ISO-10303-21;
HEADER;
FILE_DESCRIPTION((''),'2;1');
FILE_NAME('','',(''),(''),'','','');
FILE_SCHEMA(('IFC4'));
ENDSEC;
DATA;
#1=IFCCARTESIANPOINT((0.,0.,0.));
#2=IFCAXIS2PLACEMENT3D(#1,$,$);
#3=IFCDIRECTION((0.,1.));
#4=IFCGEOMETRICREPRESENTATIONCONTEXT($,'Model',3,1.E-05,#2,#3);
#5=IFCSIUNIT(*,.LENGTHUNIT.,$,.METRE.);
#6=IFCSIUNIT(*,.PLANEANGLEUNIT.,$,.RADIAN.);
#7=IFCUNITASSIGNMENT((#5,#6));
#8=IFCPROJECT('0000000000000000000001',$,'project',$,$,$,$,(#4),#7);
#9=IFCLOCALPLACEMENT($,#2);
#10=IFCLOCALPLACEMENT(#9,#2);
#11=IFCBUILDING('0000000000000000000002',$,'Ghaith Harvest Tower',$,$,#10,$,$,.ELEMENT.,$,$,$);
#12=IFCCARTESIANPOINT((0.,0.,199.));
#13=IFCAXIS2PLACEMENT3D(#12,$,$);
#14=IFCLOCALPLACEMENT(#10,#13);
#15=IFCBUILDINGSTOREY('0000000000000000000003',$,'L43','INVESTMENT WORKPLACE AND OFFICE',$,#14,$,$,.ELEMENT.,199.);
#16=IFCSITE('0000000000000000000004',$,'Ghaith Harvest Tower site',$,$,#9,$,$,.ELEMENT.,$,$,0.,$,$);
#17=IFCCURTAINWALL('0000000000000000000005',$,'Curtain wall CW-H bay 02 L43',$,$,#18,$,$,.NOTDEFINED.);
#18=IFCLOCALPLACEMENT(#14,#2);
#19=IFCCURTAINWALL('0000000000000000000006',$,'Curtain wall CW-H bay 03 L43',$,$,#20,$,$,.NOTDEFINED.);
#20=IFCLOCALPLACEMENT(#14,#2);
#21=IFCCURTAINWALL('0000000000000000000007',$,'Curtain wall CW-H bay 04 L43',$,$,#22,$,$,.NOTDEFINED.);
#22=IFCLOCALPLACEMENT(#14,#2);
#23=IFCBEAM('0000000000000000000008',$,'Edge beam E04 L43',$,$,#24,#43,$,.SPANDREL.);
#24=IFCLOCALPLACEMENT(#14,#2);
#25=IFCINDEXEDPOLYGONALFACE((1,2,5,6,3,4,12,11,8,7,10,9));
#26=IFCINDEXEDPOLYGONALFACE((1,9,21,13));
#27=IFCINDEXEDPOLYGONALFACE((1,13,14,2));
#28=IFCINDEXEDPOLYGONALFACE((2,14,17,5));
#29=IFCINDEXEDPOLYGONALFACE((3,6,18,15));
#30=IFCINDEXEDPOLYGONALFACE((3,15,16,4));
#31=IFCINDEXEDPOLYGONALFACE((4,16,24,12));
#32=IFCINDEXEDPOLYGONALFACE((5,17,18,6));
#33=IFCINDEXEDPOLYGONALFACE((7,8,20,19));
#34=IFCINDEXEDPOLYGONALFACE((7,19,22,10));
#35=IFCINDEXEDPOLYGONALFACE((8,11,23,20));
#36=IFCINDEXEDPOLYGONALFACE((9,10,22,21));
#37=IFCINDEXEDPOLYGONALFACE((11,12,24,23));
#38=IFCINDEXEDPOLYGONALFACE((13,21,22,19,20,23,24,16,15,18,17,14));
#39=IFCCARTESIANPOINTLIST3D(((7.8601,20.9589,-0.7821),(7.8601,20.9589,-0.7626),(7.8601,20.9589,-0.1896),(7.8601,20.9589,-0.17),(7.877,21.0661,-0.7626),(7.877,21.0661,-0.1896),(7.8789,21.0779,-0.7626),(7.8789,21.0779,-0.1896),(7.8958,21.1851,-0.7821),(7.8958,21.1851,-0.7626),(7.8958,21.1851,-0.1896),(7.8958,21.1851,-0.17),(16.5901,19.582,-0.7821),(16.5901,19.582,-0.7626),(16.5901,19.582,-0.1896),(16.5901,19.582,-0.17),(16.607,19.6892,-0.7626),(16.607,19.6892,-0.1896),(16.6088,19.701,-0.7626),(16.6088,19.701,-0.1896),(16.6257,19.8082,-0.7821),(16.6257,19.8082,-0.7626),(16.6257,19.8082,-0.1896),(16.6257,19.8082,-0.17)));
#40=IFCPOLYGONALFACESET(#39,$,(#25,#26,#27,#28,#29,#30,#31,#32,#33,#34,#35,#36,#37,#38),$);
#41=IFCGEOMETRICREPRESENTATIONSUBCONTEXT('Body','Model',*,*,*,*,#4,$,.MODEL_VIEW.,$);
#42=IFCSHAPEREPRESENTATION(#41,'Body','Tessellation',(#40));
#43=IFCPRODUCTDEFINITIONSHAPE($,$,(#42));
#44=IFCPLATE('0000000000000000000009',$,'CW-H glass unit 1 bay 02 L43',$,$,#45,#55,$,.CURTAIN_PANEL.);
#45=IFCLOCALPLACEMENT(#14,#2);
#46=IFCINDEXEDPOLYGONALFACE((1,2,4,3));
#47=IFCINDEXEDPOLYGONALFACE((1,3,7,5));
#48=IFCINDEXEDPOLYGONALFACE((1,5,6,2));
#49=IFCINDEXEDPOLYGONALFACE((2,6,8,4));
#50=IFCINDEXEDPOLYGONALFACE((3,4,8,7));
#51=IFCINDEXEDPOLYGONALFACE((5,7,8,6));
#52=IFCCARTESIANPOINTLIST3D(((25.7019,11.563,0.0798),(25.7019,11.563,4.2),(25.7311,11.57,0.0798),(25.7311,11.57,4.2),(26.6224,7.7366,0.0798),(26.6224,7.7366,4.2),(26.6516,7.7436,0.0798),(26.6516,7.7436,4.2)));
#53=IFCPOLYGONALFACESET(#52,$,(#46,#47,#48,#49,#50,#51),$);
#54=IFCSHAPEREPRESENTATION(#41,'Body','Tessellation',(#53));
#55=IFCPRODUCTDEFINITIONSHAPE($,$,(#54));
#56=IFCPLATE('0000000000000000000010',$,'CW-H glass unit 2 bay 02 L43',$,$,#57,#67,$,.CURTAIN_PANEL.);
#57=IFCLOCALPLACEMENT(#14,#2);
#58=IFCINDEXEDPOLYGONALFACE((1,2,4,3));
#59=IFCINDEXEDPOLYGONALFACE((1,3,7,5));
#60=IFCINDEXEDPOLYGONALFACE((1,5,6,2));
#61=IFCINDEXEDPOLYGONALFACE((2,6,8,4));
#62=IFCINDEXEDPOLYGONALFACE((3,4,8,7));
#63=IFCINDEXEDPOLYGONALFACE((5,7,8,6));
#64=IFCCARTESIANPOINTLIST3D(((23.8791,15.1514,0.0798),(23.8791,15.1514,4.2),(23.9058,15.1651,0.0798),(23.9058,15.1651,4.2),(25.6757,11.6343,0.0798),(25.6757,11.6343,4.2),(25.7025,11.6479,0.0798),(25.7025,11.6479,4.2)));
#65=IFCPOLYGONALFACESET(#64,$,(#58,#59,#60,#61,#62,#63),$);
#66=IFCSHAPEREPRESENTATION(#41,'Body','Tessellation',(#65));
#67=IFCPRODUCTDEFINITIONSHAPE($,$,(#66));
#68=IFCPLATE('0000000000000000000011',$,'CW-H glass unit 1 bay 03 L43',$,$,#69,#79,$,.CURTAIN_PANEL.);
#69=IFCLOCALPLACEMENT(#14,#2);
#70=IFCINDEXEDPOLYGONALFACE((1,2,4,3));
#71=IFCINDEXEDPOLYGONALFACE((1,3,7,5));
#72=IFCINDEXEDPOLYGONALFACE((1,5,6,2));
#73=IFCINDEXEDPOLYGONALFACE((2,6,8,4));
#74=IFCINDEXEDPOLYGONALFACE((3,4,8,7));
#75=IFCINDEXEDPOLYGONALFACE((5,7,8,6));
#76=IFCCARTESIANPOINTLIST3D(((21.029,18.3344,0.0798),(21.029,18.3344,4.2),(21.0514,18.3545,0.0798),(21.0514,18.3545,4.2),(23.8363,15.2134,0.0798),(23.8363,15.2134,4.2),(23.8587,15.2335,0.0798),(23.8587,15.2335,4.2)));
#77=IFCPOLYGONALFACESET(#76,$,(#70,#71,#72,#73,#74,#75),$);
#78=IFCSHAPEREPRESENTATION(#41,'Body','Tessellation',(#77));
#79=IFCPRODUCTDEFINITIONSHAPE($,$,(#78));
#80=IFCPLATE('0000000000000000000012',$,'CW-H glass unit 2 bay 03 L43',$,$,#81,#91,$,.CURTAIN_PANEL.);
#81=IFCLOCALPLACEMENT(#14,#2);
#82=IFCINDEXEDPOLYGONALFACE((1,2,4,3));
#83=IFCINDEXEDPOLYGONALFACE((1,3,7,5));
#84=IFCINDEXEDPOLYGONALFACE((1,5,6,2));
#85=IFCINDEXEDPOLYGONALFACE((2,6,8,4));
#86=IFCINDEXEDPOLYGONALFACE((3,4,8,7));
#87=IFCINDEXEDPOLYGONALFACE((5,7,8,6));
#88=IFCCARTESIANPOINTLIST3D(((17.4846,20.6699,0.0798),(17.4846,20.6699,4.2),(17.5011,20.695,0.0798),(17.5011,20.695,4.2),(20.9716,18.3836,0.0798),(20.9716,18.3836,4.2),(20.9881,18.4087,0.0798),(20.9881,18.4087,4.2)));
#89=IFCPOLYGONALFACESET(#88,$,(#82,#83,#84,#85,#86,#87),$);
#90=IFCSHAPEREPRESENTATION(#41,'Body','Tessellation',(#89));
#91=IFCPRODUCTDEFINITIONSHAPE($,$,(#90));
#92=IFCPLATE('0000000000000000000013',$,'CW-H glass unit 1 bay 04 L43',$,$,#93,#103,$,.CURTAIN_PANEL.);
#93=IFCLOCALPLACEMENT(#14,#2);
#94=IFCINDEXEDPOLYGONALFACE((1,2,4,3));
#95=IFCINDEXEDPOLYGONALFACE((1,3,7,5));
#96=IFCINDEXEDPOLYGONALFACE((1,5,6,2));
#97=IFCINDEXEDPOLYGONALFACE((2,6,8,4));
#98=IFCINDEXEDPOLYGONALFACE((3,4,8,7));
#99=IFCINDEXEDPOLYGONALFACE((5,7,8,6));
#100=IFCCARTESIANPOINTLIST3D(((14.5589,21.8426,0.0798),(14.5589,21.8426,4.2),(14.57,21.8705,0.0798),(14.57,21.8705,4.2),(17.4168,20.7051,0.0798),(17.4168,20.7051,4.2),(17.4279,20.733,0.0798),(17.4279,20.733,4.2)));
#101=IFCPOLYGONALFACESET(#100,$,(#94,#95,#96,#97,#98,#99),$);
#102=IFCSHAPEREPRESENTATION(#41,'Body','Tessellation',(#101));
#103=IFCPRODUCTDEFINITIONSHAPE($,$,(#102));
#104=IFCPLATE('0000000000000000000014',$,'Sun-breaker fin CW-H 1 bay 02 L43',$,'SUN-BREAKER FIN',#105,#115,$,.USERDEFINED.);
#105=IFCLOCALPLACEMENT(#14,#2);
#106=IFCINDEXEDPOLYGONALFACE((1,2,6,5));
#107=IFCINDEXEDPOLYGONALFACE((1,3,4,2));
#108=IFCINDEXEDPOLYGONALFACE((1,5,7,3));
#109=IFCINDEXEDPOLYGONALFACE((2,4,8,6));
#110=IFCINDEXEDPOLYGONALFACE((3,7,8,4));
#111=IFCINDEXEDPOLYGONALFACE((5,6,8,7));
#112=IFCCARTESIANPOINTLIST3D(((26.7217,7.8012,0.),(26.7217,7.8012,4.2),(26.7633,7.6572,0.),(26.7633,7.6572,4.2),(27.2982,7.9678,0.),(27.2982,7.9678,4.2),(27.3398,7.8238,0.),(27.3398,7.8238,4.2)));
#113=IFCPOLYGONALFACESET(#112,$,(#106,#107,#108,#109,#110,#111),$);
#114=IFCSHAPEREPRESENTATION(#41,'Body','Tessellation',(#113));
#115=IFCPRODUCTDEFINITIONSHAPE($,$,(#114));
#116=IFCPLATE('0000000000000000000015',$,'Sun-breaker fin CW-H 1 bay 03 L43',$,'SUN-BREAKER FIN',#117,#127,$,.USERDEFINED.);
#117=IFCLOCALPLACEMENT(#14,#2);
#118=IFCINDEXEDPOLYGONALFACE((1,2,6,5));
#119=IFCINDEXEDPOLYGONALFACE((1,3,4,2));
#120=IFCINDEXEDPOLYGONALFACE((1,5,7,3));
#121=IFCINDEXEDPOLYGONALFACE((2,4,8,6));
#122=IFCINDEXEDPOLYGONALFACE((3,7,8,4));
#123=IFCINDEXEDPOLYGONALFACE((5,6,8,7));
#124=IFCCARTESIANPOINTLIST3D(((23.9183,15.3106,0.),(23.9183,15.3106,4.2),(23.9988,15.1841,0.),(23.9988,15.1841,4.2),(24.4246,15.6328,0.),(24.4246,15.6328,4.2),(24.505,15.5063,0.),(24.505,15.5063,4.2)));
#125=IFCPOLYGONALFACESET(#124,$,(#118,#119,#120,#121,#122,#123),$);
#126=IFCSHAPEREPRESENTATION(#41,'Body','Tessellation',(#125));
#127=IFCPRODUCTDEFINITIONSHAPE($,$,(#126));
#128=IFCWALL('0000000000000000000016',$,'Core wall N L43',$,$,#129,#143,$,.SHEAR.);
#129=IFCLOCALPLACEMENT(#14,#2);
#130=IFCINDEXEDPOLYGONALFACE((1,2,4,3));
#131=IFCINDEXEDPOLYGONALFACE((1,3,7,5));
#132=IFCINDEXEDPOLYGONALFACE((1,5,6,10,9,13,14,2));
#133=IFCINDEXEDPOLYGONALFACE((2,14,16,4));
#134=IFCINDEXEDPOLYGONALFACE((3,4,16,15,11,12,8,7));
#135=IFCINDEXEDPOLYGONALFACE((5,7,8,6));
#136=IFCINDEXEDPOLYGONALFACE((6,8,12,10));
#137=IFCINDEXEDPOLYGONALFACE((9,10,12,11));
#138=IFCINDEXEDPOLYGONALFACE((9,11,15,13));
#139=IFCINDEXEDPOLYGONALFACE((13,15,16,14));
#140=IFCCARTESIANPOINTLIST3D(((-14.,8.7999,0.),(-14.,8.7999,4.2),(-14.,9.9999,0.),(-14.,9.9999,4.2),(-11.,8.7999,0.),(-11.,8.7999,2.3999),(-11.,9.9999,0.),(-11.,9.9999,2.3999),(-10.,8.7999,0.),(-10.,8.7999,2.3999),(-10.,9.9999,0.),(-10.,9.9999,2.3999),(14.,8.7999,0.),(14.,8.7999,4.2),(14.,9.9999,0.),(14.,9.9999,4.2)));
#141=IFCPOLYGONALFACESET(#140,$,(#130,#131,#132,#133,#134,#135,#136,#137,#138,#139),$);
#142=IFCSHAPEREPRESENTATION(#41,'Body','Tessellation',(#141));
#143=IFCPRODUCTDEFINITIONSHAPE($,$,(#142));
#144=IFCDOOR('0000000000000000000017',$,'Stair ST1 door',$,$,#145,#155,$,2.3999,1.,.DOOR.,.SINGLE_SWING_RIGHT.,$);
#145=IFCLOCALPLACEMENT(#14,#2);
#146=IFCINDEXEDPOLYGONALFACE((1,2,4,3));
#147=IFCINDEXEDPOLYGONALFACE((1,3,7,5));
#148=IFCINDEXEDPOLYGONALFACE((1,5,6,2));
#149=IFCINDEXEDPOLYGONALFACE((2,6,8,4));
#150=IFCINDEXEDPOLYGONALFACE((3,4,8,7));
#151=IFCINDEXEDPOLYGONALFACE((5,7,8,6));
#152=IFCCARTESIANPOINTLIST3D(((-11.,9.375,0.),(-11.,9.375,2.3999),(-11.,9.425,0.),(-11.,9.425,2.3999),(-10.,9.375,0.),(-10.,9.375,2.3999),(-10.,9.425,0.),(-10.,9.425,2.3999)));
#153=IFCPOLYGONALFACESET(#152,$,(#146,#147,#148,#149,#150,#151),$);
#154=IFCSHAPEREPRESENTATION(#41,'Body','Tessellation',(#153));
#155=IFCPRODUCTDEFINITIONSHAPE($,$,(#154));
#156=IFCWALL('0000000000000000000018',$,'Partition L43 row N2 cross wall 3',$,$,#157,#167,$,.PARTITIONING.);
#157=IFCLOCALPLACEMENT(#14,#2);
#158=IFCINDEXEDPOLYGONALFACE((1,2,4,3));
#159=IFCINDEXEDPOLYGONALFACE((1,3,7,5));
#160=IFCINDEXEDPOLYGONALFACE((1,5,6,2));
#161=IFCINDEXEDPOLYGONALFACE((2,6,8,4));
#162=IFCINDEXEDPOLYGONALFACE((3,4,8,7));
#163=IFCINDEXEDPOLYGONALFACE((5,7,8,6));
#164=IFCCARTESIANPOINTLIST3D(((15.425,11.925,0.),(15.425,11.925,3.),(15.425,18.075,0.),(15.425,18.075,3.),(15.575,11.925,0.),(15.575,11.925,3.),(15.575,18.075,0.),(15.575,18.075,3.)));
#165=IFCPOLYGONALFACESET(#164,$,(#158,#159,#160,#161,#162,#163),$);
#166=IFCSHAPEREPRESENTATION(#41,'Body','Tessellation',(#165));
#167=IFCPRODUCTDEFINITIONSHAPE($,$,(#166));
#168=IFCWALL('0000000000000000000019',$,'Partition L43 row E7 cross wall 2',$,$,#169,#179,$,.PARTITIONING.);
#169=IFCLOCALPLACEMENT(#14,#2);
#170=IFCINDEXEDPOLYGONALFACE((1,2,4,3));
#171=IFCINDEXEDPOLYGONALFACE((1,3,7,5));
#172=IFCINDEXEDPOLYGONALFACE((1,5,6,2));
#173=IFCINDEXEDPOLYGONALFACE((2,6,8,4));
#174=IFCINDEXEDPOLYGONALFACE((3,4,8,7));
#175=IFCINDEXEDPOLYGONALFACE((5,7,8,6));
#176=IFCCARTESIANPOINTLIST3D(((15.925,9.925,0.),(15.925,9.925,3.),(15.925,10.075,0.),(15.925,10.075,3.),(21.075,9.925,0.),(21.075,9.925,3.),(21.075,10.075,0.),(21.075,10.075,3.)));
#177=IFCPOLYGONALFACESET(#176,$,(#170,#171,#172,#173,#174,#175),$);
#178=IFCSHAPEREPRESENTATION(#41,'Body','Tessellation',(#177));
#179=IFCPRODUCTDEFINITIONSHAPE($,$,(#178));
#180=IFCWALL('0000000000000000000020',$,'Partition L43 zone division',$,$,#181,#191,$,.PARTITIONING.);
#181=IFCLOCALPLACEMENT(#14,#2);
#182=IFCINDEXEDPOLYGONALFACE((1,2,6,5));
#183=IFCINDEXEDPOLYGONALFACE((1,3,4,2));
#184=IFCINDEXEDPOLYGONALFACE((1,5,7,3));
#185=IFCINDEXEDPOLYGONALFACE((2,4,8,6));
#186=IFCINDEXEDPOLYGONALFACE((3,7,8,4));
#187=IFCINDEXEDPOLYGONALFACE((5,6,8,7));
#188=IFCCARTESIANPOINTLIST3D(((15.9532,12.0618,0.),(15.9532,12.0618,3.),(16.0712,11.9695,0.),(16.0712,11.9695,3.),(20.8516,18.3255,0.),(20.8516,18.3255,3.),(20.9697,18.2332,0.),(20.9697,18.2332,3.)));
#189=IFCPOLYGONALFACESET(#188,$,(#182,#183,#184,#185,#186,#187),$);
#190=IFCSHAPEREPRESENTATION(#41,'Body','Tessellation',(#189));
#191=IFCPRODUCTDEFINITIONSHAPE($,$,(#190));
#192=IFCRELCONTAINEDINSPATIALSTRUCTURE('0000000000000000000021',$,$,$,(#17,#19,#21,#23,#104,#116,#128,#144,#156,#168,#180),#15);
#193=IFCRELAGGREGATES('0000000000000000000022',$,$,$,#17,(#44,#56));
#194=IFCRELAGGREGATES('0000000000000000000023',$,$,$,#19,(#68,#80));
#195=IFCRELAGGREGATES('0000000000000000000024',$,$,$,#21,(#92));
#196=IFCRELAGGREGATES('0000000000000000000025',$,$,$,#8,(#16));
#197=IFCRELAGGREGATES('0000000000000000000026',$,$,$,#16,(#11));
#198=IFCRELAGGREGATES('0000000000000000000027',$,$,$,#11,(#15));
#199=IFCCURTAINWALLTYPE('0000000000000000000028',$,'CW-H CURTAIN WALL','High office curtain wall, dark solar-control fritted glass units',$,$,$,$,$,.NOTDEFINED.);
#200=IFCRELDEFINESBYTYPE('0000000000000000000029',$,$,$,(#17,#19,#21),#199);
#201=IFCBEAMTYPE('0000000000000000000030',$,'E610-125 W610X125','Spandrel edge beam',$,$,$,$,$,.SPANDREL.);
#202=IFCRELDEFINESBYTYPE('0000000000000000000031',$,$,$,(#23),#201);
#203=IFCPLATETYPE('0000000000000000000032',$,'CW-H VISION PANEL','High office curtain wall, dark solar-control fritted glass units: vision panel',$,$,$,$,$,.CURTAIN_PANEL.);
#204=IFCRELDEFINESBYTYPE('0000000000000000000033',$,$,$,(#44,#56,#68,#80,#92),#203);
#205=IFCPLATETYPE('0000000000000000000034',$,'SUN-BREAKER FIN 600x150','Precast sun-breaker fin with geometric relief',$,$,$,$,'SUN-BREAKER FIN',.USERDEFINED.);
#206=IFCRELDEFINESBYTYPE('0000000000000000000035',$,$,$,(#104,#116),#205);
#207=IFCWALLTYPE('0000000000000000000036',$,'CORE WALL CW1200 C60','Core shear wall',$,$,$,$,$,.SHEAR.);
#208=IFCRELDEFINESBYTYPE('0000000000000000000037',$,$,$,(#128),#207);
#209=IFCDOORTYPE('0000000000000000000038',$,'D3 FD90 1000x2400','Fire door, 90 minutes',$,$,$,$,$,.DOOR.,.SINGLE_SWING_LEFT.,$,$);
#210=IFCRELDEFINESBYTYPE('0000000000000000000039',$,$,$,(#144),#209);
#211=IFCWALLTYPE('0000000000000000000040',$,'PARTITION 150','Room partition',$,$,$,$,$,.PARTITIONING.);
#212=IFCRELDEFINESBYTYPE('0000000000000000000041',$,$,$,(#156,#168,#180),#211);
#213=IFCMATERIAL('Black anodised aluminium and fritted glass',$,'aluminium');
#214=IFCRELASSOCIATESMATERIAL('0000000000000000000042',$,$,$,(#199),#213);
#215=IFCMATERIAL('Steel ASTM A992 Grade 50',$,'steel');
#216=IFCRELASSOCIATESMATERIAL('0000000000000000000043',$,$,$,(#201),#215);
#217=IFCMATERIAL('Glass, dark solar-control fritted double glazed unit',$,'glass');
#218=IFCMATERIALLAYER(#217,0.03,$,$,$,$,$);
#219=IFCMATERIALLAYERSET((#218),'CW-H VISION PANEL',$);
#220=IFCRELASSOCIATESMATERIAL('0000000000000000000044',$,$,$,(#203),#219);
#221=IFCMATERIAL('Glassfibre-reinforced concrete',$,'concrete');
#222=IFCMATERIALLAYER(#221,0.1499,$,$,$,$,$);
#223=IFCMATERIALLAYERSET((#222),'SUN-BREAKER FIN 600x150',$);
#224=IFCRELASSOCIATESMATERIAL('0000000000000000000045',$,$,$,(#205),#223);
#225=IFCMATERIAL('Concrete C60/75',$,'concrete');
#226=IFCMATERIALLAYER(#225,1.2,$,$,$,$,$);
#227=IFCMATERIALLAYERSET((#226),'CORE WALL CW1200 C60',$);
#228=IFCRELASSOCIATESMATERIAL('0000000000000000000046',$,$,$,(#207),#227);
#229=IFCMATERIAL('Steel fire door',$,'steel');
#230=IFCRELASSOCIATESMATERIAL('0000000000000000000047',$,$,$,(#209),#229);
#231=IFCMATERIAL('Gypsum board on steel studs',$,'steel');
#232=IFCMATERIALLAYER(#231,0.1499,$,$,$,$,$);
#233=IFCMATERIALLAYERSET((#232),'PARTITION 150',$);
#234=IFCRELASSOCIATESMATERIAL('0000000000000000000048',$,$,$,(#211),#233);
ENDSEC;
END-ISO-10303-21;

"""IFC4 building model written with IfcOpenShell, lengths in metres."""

from ifc_helpers import new_model, si_unit, direction, frame, frame_2d, origin, origin_2d, place, context, subcontext, project, spatial, rectangle, i_section, extrude, material, layer, layer_set, material_profile, profile_set, type_object, element, fill, aggregate, save


model = new_model("IFC4")

# Units and contexts
model_context = context("Model", 3, precision=1e-05, world=origin(), true_north=direction((0.0, 1.0)))
body_context = subcontext(model_context, "Body", "Model", "MODEL_VIEW")
ifc_project = project(units=[si_unit("LENGTHUNIT", "METRE"), si_unit("PLANEANGLEUNIT", "RADIAN")], contexts=[model_context])

# Site, building, storey
site_placement = place(None, origin())
site = spatial("IfcSite", under=ifc_project, at=site_placement, Name="Ghaith Harvest Tower site", CompositionType="ELEMENT", RefElevation=0.0)
building_placement = place(site_placement, origin())
building = spatial("IfcBuilding", under=site, at=building_placement, Name="Ghaith Harvest Tower", CompositionType="ELEMENT")
storey_placement = place(building_placement, frame((0.0, 0.0, 199.0)))
storey = spatial("IfcBuildingStorey", under=building, at=storey_placement, Name="L43", Description="INVESTMENT WORKPLACE AND OFFICE", CompositionType="ELEMENT", Elevation=199.0)

# Curtain wall
ifc_material_1 = material(Name="Black anodised aluminium and fritted glass", Category="aluminium")
curtain_wall_type = type_object("IfcCurtainWallType", Name="CW-H CURTAIN WALL", Description="High office curtain wall, dark solar-control fritted glass units", PredefinedType="NOTDEFINED", material=ifc_material_1)
curtain_wall_1_placement = place(storey_placement, origin())
curtain_wall_1 = element("IfcCurtainWall", 1, at=curtain_wall_1_placement, inside=storey, type_object=curtain_wall_type, Name="Curtain wall CW-H bay 02 L43", PredefinedType="NOTDEFINED")

# Curtain walls
curtain_wall_2_placement = place(storey_placement, origin())
curtain_wall_2 = element("IfcCurtainWall", 2, at=curtain_wall_2_placement, inside=storey, type_object=curtain_wall_type, Name="Curtain wall CW-H bay 03 L43", PredefinedType="NOTDEFINED")
curtain_wall_3_placement = place(storey_placement, origin())
curtain_wall_3 = element("IfcCurtainWall", 3, at=curtain_wall_3_placement, inside=storey, type_object=curtain_wall_type, Name="Curtain wall CW-H bay 04 L43", PredefinedType="NOTDEFINED")

# Beam
ifc_material_2 = material(Name="Steel ASTM A992 Grade 50", Category="steel")
ifc_material_profile_1 = material_profile(ifc_material_2, i_section(OverallWidth=0.229, OverallDepth=0.6121, WebThickness=0.012, FlangeThickness=0.0195, at=origin_2d()), Name="W610X125")
ifc_profile_set_1 = profile_set([ifc_material_profile_1], Name="Steel ASTM A992 Grade 50")
beam_type = type_object("IfcBeamType", Name="E610-125 W610X125", Description="Spandrel edge beam", PredefinedType="SPANDREL", material=ifc_profile_set_1)
beam_1_placement = place(storey_placement, frame((16.6079, 19.6951, -0.4761), z_axis=(-0.987788, 0.155801, 0.0), x_axis=(-0.155801, -0.987788, 0.0)))
element("IfcBeam", 4, at=beam_1_placement, inside=storey, type_object=beam_type, Name="Edge beam E04 L43", PredefinedType="SPANDREL", context=body_context, shape_type="SweptSolid", body=[
    extrude(i_section(OverallWidth=0.229, OverallDepth=0.6121, WebThickness=0.012, FlangeThickness=0.0195, at=origin_2d()), origin(), (0.0, 0.0, 1.0), 8.8379),
])

# Plates
ifc_material_3 = material(Name="Glass, dark solar-control fritted double glazed unit", Category="glass")
ifc_layer_1 = layer(ifc_material_3, 0.03)
ifc_layer_set_1 = layer_set([ifc_layer_1], Name="CW-H VISION PANEL")
plate_type_1 = type_object("IfcPlateType", Name="CW-H VISION PANEL", Description="High office curtain wall, dark solar-control fritted glass units: vision panel", PredefinedType="CURTAIN_PANEL", material=ifc_layer_set_1)
plate_1_placement = place(storey_placement, frame((26.1768, 9.6533, 0.0798), z_axis=(0.0, 0.0, 1.0), x_axis=(-0.233894, 0.972262, 0.0)))
plate_1 = element("IfcPlate", 5, at=plate_1_placement, type_object=plate_type_1, Name="CW-H glass unit 1 bay 02 L43", PredefinedType="CURTAIN_PANEL", context=body_context, shape_type="SweptSolid", body=[
    extrude(rectangle(XDim=3.9355, YDim=0.03, at=origin_2d()), origin(), (0.0, 0.0, 1.0), 4.1201),
])
plate_2_placement = place(storey_placement, frame((24.7908, 13.3997, 0.0798), z_axis=(0.0, 0.0, 1.0), x_axis=(-0.454915, 0.890535, 0.0)))
plate_2 = element("IfcPlate", 6, at=plate_2_placement, type_object=plate_type_1, Name="CW-H glass unit 2 bay 02 L43", PredefinedType="CURTAIN_PANEL", context=body_context, shape_type="SweptSolid", body=[
    extrude(rectangle(XDim=3.9495, YDim=0.03, at=origin_2d()), origin(), (0.0, 0.0, 1.0), 4.1201),
])
aggregate(curtain_wall_1, [plate_1, plate_2])
plate_3_placement = place(storey_placement, frame((22.4438, 16.7839, 0.0798), z_axis=(0.0, 0.0, 1.0), x_axis=(-0.668758, 0.74348, 0.0)))
plate_3 = element("IfcPlate", 7, at=plate_3_placement, type_object=plate_type_1, Name="CW-H glass unit 1 bay 03 L43", PredefinedType="CURTAIN_PANEL", context=body_context, shape_type="SweptSolid", body=[
    extrude(rectangle(XDim=4.1978, YDim=0.03, at=origin_2d()), origin(), (0.0, 0.0, 1.0), 4.1201),
])
plate_4_placement = place(storey_placement, frame((19.2363, 19.5393, 0.0798), z_axis=(0.0, 0.0, 1.0), x_axis=(-0.836277, 0.548308, 0.0)))
plate_4 = element("IfcPlate", 8, at=plate_4_placement, type_object=plate_type_1, Name="CW-H glass unit 2 bay 03 L43", PredefinedType="CURTAIN_PANEL", context=body_context, shape_type="SweptSolid", body=[
    extrude(rectangle(XDim=4.1697, YDim=0.03, at=origin_2d()), origin(), (0.0, 0.0, 1.0), 4.1201),
])
aggregate(curtain_wall_2, [plate_3, plate_4])
plate_5_placement = place(storey_placement, frame((15.9934, 21.2878, 0.0798), z_axis=(0.0, 0.0, 1.0), x_axis=(-0.929107, 0.36981, 0.0)))
plate_5 = element("IfcPlate", 9, at=plate_5_placement, type_object=plate_type_1, Name="CW-H glass unit 1 bay 04 L43", PredefinedType="CURTAIN_PANEL", context=body_context, shape_type="SweptSolid", body=[
    extrude(rectangle(XDim=3.0759, YDim=0.03, at=origin_2d()), origin(), (0.0, 0.0, 1.0), 4.1201),
])
aggregate(curtain_wall_3, [plate_5])

# Plates
ifc_material_4 = material(Name="Glassfibre-reinforced concrete", Category="concrete")
ifc_layer_2 = layer(ifc_material_4, 0.1499)
ifc_layer_set_2 = layer_set([ifc_layer_2], Name="SUN-BREAKER FIN 600x150")
plate_type_2 = type_object("IfcPlateType", Name="SUN-BREAKER FIN 600x150", Description="Precast sun-breaker fin with geometric relief", ElementType="SUN-BREAKER FIN", PredefinedType="USERDEFINED", material=ifc_layer_set_2)
for number, where, z_axis, x_axis, name in (
    (10, (27.0308, 7.8125, 0.0), (0.0, 0.0, 1.0), (0.96068, 0.277657, 0.0), "Sun-breaker fin CW-H 1 bay 02 L43"),
    (11, (24.2117, 15.4084, 0.0), (0.0, 0.0, 1.0), (0.843644, 0.536903, 0.0), "Sun-breaker fin CW-H 1 bay 03 L43"),
):
    element("IfcPlate", number, at=place(storey_placement, frame(where, z_axis=z_axis, x_axis=x_axis)), inside=storey, type_object=plate_type_2, Name=name, ObjectType="SUN-BREAKER FIN", PredefinedType="USERDEFINED", context=body_context, shape_type="SweptSolid", body=[
        extrude(rectangle(XDim=0.6001, YDim=0.1499, at=origin_2d()), origin(), (0.0, 0.0, 1.0), 4.2),
    ])

# Wall, opening, door
ifc_material_5 = material(Name="Concrete C60/75", Category="concrete")
ifc_layer_3 = layer(ifc_material_5, 1.2)
ifc_layer_set_3 = layer_set([ifc_layer_3], Name="CORE WALL CW1200 C60")
wall_type_1 = type_object("IfcWallType", Name="CORE WALL CW1200 C60", Description="Core shear wall", PredefinedType="SHEAR", material=ifc_layer_set_3)
wall_1_placement = place(storey_placement, frame((14.0, 9.3999, 0.0), z_axis=(0.0, 0.0, 1.0), x_axis=(-1.0, 0.0, 0.0)))
wall_1 = element("IfcWall", 12, at=wall_1_placement, inside=storey, type_object=wall_type_1, Name="Core wall N L43", PredefinedType="SHEAR", context=body_context, shape_type="SweptSolid", body=[
    extrude(rectangle(XDim=28.0, YDim=1.2, at=frame_2d((14.0, 0.0))), origin(), (0.0, 0.0, 1.0), 4.2),
])
opening_placement = place(wall_1_placement, frame((24.0, 0.0, 0.0)))
opening = element("IfcOpeningElement", 13, at=opening_placement, cuts=wall_1, PredefinedType="OPENING", context=body_context, shape_type="SweptSolid", body=[
    extrude(rectangle(XDim=1.0, YDim=2.3999, at=frame_2d((0.5, 1.2))), frame((0.0, 0.6099, 0.0), z_axis=(0.0, -1.0, 0.0), x_axis=(1.0, 0.0, 0.0)), (0.0, 0.0, 1.0), 1.22),
])
ifc_material_6 = material(Name="Steel fire door", Category="steel")
door_type = type_object("IfcDoorType", Name="D3 FD90 1000x2400", Description="Fire door, 90 minutes", OperationType="SINGLE_SWING_LEFT", PredefinedType="DOOR", material=ifc_material_6)
door_placement = place(opening_placement, origin())
door = element("IfcDoor", 14, at=door_placement, inside=storey, type_object=door_type, Name="Stair ST1 door", OperationType="SINGLE_SWING_RIGHT", OverallHeight=2.3999, OverallWidth=1.0, PredefinedType="DOOR", context=body_context, shape_type="SweptSolid", body=[
    extrude(rectangle(XDim=1.0, YDim=2.3999, at=frame_2d((0.5, 1.2))), frame((0.0, 0.0249, 0.0), z_axis=(0.0, -1.0, 0.0), x_axis=(1.0, 0.0, 0.0)), (0.0, 0.0, 1.0), 0.05),
])
fill(opening, door)

# Walls
ifc_material_7 = material(Name="Gypsum board on steel studs", Category="steel")
ifc_layer_4 = layer(ifc_material_7, 0.1499)
ifc_layer_set_4 = layer_set([ifc_layer_4], Name="PARTITION 150")
wall_type_2 = type_object("IfcWallType", Name="PARTITION 150", Description="Room partition", PredefinedType="PARTITIONING", material=ifc_layer_set_4)
wall_2_placement = place(storey_placement, frame((15.5, 11.925, 0.0), z_axis=(0.0, 0.0, 1.0), x_axis=(0.0, 1.0, 0.0)))
element("IfcWall", 15, at=wall_2_placement, inside=storey, type_object=wall_type_2, Name="Partition L43 row N2 cross wall 3", PredefinedType="PARTITIONING", context=body_context, shape_type="SweptSolid", body=[
    extrude(rectangle(XDim=6.1499, YDim=0.1499, at=frame_2d((3.075, 0.0))), origin(), (0.0, 0.0, 1.0), 3.0),
])
wall_3_placement = place(storey_placement, frame((15.925, 10.0, 0.0), z_axis=(0.0, 0.0, 1.0), x_axis=(1.0, 0.0, 0.0)))
element("IfcWall", 16, at=wall_3_placement, inside=storey, type_object=wall_type_2, Name="Partition L43 row E7 cross wall 2", PredefinedType="PARTITIONING", context=body_context, shape_type="SweptSolid", body=[
    extrude(rectangle(XDim=5.1499, YDim=0.1499, at=frame_2d((2.575, 0.0))), origin(), (0.0, 0.0, 1.0), 3.0),
])
wall_4_placement = place(storey_placement, frame((16.0122, 12.0156, 0.0), z_axis=(0.0, 0.0, 1.0), x_axis=(0.61603, 0.787723, 0.0)))
element("IfcWall", 17, at=wall_4_placement, inside=storey, type_object=wall_type_2, Name="Partition L43 zone division", PredefinedType="PARTITIONING", context=body_context, shape_type="SweptSolid", body=[
    extrude(rectangle(XDim=7.9517, YDim=0.1499, at=frame_2d((3.9758, 0.0))), origin(), (0.0, 0.0, 1.0), 3.0),
])

save(model, "model.ifc")
